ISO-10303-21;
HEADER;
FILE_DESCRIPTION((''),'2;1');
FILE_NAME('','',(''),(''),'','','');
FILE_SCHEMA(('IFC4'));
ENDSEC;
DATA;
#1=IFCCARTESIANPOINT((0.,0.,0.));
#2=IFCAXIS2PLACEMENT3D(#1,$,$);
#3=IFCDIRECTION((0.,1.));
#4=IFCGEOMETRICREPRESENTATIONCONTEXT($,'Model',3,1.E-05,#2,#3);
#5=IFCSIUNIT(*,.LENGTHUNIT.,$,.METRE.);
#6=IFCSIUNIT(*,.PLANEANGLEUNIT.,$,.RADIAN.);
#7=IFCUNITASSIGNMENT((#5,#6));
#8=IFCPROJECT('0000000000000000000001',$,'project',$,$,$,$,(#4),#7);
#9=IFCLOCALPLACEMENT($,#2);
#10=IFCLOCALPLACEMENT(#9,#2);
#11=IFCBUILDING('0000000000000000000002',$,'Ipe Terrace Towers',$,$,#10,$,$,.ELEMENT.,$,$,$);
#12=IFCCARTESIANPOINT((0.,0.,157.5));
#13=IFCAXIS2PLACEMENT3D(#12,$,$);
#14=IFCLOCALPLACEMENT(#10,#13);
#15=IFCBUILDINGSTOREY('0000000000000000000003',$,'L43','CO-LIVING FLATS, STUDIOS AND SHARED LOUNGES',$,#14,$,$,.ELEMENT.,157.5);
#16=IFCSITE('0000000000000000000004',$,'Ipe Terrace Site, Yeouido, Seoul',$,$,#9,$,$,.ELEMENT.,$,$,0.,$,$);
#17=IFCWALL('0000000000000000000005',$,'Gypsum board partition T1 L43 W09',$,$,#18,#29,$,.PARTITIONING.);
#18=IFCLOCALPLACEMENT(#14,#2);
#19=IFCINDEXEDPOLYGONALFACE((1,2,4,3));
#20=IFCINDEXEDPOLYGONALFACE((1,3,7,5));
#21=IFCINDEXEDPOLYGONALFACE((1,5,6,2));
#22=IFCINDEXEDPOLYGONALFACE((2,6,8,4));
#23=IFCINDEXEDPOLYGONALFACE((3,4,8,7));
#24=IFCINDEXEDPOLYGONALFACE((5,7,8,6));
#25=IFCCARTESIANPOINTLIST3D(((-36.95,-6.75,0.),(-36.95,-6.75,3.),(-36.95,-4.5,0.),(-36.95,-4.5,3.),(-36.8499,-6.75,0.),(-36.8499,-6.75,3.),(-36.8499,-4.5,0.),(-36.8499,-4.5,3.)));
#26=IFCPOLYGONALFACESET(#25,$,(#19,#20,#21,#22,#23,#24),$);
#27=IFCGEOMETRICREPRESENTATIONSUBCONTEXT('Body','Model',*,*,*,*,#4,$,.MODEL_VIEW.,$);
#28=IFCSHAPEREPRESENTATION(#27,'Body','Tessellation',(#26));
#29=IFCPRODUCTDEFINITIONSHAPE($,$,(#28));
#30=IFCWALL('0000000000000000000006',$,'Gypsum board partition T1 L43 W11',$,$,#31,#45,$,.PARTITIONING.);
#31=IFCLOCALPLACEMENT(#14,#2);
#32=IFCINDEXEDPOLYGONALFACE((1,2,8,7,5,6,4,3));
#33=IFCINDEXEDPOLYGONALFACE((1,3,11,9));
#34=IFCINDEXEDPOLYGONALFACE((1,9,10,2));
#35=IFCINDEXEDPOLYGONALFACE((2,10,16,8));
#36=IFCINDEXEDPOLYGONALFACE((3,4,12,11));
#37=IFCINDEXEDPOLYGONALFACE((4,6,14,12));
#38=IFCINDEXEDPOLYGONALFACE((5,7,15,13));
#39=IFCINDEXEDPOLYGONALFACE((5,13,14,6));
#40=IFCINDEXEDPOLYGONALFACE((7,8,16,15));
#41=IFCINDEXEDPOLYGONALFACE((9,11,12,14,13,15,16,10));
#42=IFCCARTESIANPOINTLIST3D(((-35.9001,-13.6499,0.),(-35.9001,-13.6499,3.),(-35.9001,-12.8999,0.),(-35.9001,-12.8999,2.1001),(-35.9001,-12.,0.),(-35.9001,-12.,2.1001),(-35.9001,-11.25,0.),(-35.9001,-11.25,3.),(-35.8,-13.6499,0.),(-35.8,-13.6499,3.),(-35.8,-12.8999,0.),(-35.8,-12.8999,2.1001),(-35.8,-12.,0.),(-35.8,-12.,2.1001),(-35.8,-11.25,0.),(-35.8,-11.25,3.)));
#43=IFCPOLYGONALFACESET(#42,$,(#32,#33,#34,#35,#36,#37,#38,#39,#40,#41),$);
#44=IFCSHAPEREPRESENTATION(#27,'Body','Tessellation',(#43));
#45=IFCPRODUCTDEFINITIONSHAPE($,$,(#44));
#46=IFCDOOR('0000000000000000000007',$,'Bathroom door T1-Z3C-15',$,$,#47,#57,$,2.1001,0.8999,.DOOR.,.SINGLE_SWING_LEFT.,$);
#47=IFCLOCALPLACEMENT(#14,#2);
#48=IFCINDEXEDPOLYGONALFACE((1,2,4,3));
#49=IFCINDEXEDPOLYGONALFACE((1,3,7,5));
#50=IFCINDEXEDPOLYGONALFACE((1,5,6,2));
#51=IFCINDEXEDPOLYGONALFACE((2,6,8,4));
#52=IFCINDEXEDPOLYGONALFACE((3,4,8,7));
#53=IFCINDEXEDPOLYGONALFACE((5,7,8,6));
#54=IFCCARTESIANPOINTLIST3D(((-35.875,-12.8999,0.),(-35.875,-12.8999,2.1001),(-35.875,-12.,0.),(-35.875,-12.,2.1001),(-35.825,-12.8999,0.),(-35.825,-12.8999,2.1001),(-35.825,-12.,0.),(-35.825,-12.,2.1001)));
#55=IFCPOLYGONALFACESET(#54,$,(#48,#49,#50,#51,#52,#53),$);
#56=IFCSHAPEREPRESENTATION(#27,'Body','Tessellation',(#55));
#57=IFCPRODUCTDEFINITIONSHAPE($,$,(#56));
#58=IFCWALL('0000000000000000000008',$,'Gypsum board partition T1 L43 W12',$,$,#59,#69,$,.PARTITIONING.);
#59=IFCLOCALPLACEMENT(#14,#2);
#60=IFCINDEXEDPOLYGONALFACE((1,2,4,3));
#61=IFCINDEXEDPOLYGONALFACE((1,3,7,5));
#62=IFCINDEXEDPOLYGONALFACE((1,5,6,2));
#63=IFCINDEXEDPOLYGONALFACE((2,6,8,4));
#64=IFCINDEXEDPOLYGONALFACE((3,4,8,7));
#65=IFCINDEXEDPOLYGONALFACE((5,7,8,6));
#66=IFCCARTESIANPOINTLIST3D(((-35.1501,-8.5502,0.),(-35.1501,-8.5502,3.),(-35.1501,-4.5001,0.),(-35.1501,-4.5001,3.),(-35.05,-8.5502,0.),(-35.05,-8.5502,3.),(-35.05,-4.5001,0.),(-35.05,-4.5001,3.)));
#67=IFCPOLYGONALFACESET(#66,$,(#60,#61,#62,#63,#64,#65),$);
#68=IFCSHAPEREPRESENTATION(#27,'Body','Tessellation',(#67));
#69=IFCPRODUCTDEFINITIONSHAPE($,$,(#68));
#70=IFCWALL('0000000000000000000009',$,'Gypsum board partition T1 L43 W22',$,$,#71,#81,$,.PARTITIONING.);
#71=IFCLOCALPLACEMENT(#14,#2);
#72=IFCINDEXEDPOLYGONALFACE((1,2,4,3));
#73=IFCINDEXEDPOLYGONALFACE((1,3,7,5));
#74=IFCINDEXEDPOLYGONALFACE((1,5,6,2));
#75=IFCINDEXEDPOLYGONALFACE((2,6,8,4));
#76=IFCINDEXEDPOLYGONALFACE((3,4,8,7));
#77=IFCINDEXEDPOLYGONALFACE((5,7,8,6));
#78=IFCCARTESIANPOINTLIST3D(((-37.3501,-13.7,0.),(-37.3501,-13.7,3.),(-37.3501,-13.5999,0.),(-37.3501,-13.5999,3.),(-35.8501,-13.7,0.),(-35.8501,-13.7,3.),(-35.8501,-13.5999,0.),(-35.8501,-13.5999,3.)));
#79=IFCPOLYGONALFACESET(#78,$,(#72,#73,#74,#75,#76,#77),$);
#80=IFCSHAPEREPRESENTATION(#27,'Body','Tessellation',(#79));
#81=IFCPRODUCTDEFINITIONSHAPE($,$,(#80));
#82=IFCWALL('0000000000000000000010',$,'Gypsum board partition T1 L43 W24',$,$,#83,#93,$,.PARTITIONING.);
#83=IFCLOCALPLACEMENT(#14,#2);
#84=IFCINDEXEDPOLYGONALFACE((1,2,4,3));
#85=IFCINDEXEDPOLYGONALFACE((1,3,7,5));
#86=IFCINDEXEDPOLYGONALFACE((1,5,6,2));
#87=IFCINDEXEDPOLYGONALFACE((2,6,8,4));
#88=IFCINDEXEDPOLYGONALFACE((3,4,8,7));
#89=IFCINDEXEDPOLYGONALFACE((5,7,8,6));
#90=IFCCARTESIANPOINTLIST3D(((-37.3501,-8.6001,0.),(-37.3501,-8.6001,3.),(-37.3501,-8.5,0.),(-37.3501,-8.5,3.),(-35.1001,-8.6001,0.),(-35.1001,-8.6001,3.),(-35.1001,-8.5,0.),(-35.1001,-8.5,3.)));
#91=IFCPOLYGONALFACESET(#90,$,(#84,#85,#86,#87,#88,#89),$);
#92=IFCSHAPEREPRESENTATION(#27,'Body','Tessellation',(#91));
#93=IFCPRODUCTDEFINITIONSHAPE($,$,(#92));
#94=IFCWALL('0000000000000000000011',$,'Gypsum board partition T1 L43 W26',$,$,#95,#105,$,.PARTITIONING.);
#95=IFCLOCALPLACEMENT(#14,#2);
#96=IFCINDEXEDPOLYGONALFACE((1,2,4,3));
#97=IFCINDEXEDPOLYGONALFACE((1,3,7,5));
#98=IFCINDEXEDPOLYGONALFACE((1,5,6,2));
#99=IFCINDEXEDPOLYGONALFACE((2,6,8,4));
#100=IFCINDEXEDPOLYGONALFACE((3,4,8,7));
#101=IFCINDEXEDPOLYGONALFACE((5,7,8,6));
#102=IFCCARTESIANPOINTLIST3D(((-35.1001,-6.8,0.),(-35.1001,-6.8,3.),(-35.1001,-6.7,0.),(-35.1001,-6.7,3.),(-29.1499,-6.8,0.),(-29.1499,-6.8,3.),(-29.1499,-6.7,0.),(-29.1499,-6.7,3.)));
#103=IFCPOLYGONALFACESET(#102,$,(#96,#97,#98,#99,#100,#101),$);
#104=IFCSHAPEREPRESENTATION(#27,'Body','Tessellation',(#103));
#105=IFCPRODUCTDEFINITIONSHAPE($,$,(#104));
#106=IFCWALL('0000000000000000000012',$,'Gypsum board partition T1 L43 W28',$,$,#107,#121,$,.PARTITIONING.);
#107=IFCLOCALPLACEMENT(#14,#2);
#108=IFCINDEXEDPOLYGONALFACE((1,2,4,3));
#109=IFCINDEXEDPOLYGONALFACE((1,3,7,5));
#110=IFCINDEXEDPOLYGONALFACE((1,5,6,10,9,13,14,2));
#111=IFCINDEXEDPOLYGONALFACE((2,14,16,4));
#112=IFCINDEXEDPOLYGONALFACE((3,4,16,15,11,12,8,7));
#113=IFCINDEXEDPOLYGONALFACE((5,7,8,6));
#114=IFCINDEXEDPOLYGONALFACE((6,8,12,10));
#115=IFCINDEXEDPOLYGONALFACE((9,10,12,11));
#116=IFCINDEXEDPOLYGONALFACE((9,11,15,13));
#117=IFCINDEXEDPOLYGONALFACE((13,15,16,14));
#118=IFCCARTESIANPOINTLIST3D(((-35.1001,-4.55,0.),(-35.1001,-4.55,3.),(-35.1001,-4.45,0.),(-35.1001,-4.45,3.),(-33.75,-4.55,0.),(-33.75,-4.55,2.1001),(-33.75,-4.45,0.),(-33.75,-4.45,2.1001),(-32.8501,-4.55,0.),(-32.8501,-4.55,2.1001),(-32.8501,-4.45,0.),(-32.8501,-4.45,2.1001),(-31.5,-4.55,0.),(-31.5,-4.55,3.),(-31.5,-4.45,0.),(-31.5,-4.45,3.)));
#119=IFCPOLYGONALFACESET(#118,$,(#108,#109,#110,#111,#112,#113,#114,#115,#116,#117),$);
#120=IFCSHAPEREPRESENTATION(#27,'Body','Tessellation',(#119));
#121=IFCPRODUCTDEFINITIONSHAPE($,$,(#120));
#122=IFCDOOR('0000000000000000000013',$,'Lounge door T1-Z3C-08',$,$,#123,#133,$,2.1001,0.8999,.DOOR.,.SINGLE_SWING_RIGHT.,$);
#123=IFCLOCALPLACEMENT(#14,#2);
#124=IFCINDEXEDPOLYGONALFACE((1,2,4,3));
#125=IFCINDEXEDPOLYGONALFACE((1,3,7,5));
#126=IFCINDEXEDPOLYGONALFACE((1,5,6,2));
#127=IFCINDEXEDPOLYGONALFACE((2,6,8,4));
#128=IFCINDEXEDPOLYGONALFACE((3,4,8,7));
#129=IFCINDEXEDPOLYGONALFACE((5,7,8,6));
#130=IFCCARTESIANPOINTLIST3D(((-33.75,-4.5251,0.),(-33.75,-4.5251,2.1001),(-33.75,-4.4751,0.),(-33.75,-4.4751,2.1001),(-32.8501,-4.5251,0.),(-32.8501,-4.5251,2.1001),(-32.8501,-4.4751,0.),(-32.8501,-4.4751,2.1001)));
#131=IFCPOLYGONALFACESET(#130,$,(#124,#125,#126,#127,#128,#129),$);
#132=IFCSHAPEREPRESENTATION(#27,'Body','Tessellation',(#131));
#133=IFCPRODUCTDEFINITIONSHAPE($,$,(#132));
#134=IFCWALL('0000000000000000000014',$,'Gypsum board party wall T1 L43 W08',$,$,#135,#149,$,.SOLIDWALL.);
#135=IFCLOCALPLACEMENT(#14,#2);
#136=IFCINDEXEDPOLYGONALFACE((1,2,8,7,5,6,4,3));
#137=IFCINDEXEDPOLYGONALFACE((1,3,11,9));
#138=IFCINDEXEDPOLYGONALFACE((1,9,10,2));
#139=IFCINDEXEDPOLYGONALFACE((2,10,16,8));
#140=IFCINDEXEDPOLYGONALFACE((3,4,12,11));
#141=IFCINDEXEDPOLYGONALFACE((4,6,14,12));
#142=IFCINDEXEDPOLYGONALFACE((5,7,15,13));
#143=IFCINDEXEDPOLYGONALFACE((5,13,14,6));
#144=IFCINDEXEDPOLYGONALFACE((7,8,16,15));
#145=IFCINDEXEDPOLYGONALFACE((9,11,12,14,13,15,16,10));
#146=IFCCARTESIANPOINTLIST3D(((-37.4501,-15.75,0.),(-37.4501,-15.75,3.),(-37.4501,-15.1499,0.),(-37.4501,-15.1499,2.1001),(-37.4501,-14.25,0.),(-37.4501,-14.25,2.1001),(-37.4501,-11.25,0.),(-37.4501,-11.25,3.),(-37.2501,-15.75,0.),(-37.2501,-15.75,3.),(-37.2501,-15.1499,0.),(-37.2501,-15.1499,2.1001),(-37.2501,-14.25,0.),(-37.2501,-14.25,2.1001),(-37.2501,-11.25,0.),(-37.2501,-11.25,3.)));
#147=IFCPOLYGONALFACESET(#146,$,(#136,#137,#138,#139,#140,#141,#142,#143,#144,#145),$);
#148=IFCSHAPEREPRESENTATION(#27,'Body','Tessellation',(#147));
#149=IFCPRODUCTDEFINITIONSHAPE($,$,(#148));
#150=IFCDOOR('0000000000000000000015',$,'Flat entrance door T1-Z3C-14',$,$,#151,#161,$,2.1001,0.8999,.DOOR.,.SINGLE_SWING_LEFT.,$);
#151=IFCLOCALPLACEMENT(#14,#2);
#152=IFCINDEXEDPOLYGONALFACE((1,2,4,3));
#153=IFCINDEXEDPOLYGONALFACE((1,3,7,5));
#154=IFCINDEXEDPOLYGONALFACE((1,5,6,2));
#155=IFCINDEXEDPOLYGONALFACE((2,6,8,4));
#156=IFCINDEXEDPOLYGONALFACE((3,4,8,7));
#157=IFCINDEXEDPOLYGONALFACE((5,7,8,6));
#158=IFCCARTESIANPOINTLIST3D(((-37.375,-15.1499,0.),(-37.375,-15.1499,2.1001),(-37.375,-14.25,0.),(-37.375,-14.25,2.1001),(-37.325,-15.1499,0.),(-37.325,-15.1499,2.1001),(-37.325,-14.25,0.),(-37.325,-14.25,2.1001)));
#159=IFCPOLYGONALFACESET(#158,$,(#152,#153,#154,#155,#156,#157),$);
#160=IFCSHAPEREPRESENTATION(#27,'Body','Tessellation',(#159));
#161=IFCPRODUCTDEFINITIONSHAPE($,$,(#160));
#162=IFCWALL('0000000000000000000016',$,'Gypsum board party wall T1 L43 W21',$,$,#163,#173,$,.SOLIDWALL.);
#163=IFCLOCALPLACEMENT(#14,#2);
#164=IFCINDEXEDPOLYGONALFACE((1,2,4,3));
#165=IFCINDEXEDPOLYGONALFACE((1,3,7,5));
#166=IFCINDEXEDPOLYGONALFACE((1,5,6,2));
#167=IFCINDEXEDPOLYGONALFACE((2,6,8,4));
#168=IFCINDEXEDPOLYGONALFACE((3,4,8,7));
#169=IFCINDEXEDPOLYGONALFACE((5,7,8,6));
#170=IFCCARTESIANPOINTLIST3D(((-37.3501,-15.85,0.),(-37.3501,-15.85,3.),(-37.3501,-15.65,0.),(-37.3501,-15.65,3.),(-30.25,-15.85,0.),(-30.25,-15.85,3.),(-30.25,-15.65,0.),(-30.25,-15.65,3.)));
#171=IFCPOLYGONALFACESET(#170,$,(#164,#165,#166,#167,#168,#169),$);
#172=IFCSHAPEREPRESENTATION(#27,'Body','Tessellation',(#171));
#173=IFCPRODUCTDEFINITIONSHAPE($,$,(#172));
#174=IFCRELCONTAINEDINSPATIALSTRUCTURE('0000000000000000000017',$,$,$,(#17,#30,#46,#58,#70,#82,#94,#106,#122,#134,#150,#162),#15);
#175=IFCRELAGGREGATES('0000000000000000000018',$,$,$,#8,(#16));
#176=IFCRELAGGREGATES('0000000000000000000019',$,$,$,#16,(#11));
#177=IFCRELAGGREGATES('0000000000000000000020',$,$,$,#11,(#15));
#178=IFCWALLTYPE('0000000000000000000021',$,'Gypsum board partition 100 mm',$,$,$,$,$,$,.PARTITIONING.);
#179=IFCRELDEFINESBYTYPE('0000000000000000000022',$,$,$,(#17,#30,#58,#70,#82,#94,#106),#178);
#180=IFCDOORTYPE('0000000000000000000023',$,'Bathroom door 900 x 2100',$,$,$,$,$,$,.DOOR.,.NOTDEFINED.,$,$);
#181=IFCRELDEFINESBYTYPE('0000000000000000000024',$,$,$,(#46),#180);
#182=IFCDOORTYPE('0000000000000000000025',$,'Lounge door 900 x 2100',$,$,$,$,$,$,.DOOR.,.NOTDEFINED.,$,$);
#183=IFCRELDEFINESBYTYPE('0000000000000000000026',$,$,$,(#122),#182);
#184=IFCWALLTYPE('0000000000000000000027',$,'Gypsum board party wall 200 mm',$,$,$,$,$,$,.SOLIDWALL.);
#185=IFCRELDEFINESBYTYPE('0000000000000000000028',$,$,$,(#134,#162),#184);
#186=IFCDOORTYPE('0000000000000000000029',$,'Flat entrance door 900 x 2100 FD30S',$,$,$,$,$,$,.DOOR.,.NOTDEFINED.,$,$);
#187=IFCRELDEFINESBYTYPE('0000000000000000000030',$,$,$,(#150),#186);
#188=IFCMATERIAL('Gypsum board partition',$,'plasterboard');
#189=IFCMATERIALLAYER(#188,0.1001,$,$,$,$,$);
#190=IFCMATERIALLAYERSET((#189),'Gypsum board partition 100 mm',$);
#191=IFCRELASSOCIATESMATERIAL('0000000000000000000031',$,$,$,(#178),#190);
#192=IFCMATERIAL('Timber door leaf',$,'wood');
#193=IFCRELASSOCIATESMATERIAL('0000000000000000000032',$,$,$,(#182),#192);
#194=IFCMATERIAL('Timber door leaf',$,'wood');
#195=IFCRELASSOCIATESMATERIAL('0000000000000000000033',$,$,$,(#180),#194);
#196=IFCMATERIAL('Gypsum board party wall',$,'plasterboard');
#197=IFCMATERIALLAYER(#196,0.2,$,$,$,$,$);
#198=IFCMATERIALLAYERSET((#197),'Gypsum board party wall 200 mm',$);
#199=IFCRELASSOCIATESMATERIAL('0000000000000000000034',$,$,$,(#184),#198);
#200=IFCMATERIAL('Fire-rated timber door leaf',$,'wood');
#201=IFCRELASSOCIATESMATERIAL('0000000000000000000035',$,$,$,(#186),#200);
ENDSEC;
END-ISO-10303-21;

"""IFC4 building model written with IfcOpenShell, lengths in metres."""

from ifc_helpers import new_model, si_unit, direction, frame, frame_2d, origin, place, context, subcontext, project, spatial, rectangle, extrude, material, layer, layer_set, type_object, element, fill, save


model = new_model("IFC4")

# Units and contexts
model_context = context("Model", 3, precision=1e-05, world=origin(), true_north=direction((0.0, 1.0)))
body_context = subcontext(model_context, "Body", "Model", "MODEL_VIEW")
ifc_project = project(units=[si_unit("LENGTHUNIT", "METRE"), si_unit("PLANEANGLEUNIT", "RADIAN")], contexts=[model_context])

# Site, building, storey
site_placement = place(None, origin())
site = spatial("IfcSite", under=ifc_project, at=site_placement, Name="Ipe Terrace Site, Yeouido, Seoul", CompositionType="ELEMENT", RefElevation=0.0)
building_placement = place(site_placement, origin())
building = spatial("IfcBuilding", under=site, at=building_placement, Name="Ipe Terrace Towers", CompositionType="ELEMENT")
storey_placement = place(building_placement, frame((0.0, 0.0, 157.5)))
storey = spatial("IfcBuildingStorey", under=building, at=storey_placement, Name="L43", Description="CO-LIVING FLATS, STUDIOS AND SHARED LOUNGES", CompositionType="ELEMENT", Elevation=157.5)

# Shared definitions
ifc_material_1 = material(Name="Gypsum board partition", Category="plasterboard")
ifc_layer_1 = layer(ifc_material_1, 0.1001)
ifc_layer_set_1 = layer_set([ifc_layer_1], Name="Gypsum board partition 100 mm")
wall_type_1 = type_object("IfcWallType", Name="Gypsum board partition 100 mm", PredefinedType="PARTITIONING", material=ifc_layer_set_1)
ifc_material_2 = material(Name="Timber door leaf", Category="wood")
door_type_1 = type_object("IfcDoorType", Name="Lounge door 900 x 2100", OperationType="NOTDEFINED", PredefinedType="DOOR", material=ifc_material_2)

# Wall
wall_1_placement = place(storey_placement, frame((-36.8999, -6.75, 0.0), z_axis=(0.0, 0.0, 1.0), x_axis=(0.0, 1.0, 0.0)))
element("IfcWall", 1, at=wall_1_placement, inside=storey, type_object=wall_type_1, Name="Gypsum board partition T1 L43 W09", PredefinedType="PARTITIONING", context=body_context, shape_type="SweptSolid", body=[
    extrude(rectangle(XDim=2.25, YDim=0.1001, at=frame_2d((1.125, 0.0))), origin(), (0.0, 0.0, 1.0), 3.0),
])

# Wall, opening, door
wall_2_placement = place(storey_placement, frame((-35.8501, -13.6499, 0.0), z_axis=(0.0, 0.0, 1.0), x_axis=(0.0, 1.0, 0.0)))
wall_2 = element("IfcWall", 2, at=wall_2_placement, inside=storey, type_object=wall_type_1, Name="Gypsum board partition T1 L43 W11", PredefinedType="PARTITIONING", context=body_context, shape_type="SweptSolid", body=[
    extrude(rectangle(XDim=2.3999, YDim=0.1001, at=frame_2d((1.2, 0.0))), origin(), (0.0, 0.0, 1.0), 3.0),
])
opening_1_placement = place(wall_2_placement, frame((0.75, 0.0, 0.0)))
opening_1 = element("IfcOpeningElement", 3, at=opening_1_placement, cuts=wall_2, PredefinedType="OPENING", context=body_context, shape_type="SweptSolid", body=[
    extrude(rectangle(XDim=0.8999, YDim=2.1001, at=frame_2d((0.45, 1.05))), frame((0.0, 0.0601, 0.0), z_axis=(0.0, -1.0, 0.0), x_axis=(1.0, 0.0, 0.0)), (0.0, 0.0, 1.0), 0.1201),
])
ifc_material_3 = material(Name="Timber door leaf", Category="wood")
door_type_2 = type_object("IfcDoorType", Name="Bathroom door 900 x 2100", OperationType="NOTDEFINED", PredefinedType="DOOR", material=ifc_material_3)
door_1_placement = place(opening_1_placement, origin())
door_1 = element("IfcDoor", 4, at=door_1_placement, inside=storey, type_object=door_type_2, Name="Bathroom door T1-Z3C-15", OperationType="SINGLE_SWING_LEFT", OverallHeight=2.1001, OverallWidth=0.8999, PredefinedType="DOOR", context=body_context, shape_type="SweptSolid", body=[
    extrude(rectangle(XDim=0.8999, YDim=2.1001, at=frame_2d((0.45, 1.05))), frame((0.0, 0.0249, 0.0), z_axis=(0.0, -1.0, 0.0), x_axis=(1.0, 0.0, 0.0)), (0.0, 0.0, 1.0), 0.05),
])
fill(opening_1, door_1)

# Walls
wall_3_placement = place(storey_placement, frame((-35.1001, -8.55, 0.0), z_axis=(0.0, 0.0, 1.0), x_axis=(0.0, 1.0, 0.0)))
element("IfcWall", 5, at=wall_3_placement, inside=storey, type_object=wall_type_1, Name="Gypsum board partition T1 L43 W12", PredefinedType="PARTITIONING", context=body_context, shape_type="SweptSolid", body=[
    extrude(rectangle(XDim=4.05, YDim=0.1001, at=frame_2d((2.0249, 0.0))), origin(), (0.0, 0.0, 1.0), 3.0),
])
wall_4_placement = place(storey_placement, frame((-37.3501, -13.6499, 0.0), z_axis=(0.0, 0.0, 1.0), x_axis=(1.0, 0.0, 0.0)))
element("IfcWall", 6, at=wall_4_placement, inside=storey, type_object=wall_type_1, Name="Gypsum board partition T1 L43 W22", PredefinedType="PARTITIONING", context=body_context, shape_type="SweptSolid", body=[
    extrude(rectangle(XDim=1.5, YDim=0.1001, at=frame_2d((0.75, 0.0))), origin(), (0.0, 0.0, 1.0), 3.0),
])
wall_5_placement = place(storey_placement, frame((-37.3501, -8.55, 0.0), z_axis=(0.0, 0.0, 1.0), x_axis=(1.0, 0.0, 0.0)))
element("IfcWall", 7, at=wall_5_placement, inside=storey, type_object=wall_type_1, Name="Gypsum board partition T1 L43 W24", PredefinedType="PARTITIONING", context=body_context, shape_type="SweptSolid", body=[
    extrude(rectangle(XDim=2.25, YDim=0.1001, at=frame_2d((1.125, 0.0))), origin(), (0.0, 0.0, 1.0), 3.0),
])
wall_6_placement = place(storey_placement, frame((-35.1001, -6.75, 0.0), z_axis=(0.0, 0.0, 1.0), x_axis=(1.0, 0.0, 0.0)))
element("IfcWall", 8, at=wall_6_placement, inside=storey, type_object=wall_type_1, Name="Gypsum board partition T1 L43 W26", PredefinedType="PARTITIONING", context=body_context, shape_type="SweptSolid", body=[
    extrude(rectangle(XDim=5.9502, YDim=0.1001, at=frame_2d((2.9751, 0.0))), origin(), (0.0, 0.0, 1.0), 3.0),
])

# Walls, openings, doors
wall_7_placement = place(storey_placement, frame((-35.1001, -4.5, 0.0), z_axis=(0.0, 0.0, 1.0), x_axis=(1.0, 0.0, 0.0)))
wall_7 = element("IfcWall", 9, at=wall_7_placement, inside=storey, type_object=wall_type_1, Name="Gypsum board partition T1 L43 W28", PredefinedType="PARTITIONING", context=body_context, shape_type="SweptSolid", body=[
    extrude(rectangle(XDim=3.6001, YDim=0.1001, at=frame_2d((1.8, 0.0))), origin(), (0.0, 0.0, 1.0), 3.0),
])
opening_2_placement = place(wall_7_placement, frame((1.3501, 0.0, 0.0)))
opening_2 = element("IfcOpeningElement", 10, at=opening_2_placement, cuts=wall_7, PredefinedType="OPENING", context=body_context, shape_type="SweptSolid", body=[
    extrude(rectangle(XDim=0.8999, YDim=2.1001, at=frame_2d((0.45, 1.05))), frame((0.0, 0.0601, 0.0), z_axis=(0.0, -1.0, 0.0), x_axis=(1.0, 0.0, 0.0)), (0.0, 0.0, 1.0), 0.1201),
])
door_2_placement = place(opening_2_placement, origin())
door_2 = element("IfcDoor", 11, at=door_2_placement, inside=storey, type_object=door_type_1, Name="Lounge door T1-Z3C-08", OperationType="SINGLE_SWING_RIGHT", OverallHeight=2.1001, OverallWidth=0.8999, PredefinedType="DOOR", context=body_context, shape_type="SweptSolid", body=[
    extrude(rectangle(XDim=0.8999, YDim=2.1001, at=frame_2d((0.45, 1.05))), frame((0.0, 0.0249, 0.0), z_axis=(0.0, -1.0, 0.0), x_axis=(1.0, 0.0, 0.0)), (0.0, 0.0, 1.0), 0.05),
])
fill(opening_2, door_2)
ifc_material_4 = material(Name="Gypsum board party wall", Category="plasterboard")
ifc_layer_2 = layer(ifc_material_4, 0.2)
ifc_layer_set_2 = layer_set([ifc_layer_2], Name="Gypsum board party wall 200 mm")
wall_type_2 = type_object("IfcWallType", Name="Gypsum board party wall 200 mm", PredefinedType="SOLIDWALL", material=ifc_layer_set_2)
wall_8_placement = place(storey_placement, frame((-37.3501, -15.75, 0.0), z_axis=(0.0, 0.0, 1.0), x_axis=(0.0, 1.0, 0.0)))
wall_8 = element("IfcWall", 12, at=wall_8_placement, inside=storey, type_object=wall_type_2, Name="Gypsum board party wall T1 L43 W08", PredefinedType="SOLIDWALL", context=body_context, shape_type="SweptSolid", body=[
    extrude(rectangle(XDim=4.5, YDim=0.2, at=frame_2d((2.25, 0.0))), origin(), (0.0, 0.0, 1.0), 3.0),
])
opening_3_placement = place(wall_8_placement, frame((0.6001, 0.0, 0.0)))
opening_3 = element("IfcOpeningElement", 13, at=opening_3_placement, cuts=wall_8, PredefinedType="OPENING", context=body_context, shape_type="SweptSolid", body=[
    extrude(rectangle(XDim=0.8999, YDim=2.1001, at=frame_2d((0.45, 1.05))), frame((0.0, 0.1099, 0.0), z_axis=(0.0, -1.0, 0.0), x_axis=(1.0, 0.0, 0.0)), (0.0, 0.0, 1.0), 0.22),
])
ifc_material_5 = material(Name="Fire-rated timber door leaf", Category="wood")
door_type_3 = type_object("IfcDoorType", Name="Flat entrance door 900 x 2100 FD30S", OperationType="NOTDEFINED", PredefinedType="DOOR", material=ifc_material_5)
door_3_placement = place(opening_3_placement, origin())
door_3 = element("IfcDoor", 14, at=door_3_placement, inside=storey, type_object=door_type_3, Name="Flat entrance door T1-Z3C-14", OperationType="SINGLE_SWING_LEFT", OverallHeight=2.1001, OverallWidth=0.8999, PredefinedType="DOOR", context=body_context, shape_type="SweptSolid", body=[
    extrude(rectangle(XDim=0.8999, YDim=2.1001, at=frame_2d((0.45, 1.05))), frame((0.0, 0.0249, 0.0), z_axis=(0.0, -1.0, 0.0), x_axis=(1.0, 0.0, 0.0)), (0.0, 0.0, 1.0), 0.05),
])
fill(opening_3, door_3)

# Wall
wall_9_placement = place(storey_placement, frame((-37.3501, -15.75, 0.0), z_axis=(0.0, 0.0, 1.0), x_axis=(1.0, 0.0, 0.0)))
element("IfcWall", 15, at=wall_9_placement, inside=storey, type_object=wall_type_2, Name="Gypsum board party wall T1 L43 W21", PredefinedType="SOLIDWALL", context=body_context, shape_type="SweptSolid", body=[
    extrude(rectangle(XDim=7.1001, YDim=0.2, at=frame_2d((3.55, 0.0))), origin(), (0.0, 0.0, 1.0), 3.0),
])

save(model, "model.ifc")
